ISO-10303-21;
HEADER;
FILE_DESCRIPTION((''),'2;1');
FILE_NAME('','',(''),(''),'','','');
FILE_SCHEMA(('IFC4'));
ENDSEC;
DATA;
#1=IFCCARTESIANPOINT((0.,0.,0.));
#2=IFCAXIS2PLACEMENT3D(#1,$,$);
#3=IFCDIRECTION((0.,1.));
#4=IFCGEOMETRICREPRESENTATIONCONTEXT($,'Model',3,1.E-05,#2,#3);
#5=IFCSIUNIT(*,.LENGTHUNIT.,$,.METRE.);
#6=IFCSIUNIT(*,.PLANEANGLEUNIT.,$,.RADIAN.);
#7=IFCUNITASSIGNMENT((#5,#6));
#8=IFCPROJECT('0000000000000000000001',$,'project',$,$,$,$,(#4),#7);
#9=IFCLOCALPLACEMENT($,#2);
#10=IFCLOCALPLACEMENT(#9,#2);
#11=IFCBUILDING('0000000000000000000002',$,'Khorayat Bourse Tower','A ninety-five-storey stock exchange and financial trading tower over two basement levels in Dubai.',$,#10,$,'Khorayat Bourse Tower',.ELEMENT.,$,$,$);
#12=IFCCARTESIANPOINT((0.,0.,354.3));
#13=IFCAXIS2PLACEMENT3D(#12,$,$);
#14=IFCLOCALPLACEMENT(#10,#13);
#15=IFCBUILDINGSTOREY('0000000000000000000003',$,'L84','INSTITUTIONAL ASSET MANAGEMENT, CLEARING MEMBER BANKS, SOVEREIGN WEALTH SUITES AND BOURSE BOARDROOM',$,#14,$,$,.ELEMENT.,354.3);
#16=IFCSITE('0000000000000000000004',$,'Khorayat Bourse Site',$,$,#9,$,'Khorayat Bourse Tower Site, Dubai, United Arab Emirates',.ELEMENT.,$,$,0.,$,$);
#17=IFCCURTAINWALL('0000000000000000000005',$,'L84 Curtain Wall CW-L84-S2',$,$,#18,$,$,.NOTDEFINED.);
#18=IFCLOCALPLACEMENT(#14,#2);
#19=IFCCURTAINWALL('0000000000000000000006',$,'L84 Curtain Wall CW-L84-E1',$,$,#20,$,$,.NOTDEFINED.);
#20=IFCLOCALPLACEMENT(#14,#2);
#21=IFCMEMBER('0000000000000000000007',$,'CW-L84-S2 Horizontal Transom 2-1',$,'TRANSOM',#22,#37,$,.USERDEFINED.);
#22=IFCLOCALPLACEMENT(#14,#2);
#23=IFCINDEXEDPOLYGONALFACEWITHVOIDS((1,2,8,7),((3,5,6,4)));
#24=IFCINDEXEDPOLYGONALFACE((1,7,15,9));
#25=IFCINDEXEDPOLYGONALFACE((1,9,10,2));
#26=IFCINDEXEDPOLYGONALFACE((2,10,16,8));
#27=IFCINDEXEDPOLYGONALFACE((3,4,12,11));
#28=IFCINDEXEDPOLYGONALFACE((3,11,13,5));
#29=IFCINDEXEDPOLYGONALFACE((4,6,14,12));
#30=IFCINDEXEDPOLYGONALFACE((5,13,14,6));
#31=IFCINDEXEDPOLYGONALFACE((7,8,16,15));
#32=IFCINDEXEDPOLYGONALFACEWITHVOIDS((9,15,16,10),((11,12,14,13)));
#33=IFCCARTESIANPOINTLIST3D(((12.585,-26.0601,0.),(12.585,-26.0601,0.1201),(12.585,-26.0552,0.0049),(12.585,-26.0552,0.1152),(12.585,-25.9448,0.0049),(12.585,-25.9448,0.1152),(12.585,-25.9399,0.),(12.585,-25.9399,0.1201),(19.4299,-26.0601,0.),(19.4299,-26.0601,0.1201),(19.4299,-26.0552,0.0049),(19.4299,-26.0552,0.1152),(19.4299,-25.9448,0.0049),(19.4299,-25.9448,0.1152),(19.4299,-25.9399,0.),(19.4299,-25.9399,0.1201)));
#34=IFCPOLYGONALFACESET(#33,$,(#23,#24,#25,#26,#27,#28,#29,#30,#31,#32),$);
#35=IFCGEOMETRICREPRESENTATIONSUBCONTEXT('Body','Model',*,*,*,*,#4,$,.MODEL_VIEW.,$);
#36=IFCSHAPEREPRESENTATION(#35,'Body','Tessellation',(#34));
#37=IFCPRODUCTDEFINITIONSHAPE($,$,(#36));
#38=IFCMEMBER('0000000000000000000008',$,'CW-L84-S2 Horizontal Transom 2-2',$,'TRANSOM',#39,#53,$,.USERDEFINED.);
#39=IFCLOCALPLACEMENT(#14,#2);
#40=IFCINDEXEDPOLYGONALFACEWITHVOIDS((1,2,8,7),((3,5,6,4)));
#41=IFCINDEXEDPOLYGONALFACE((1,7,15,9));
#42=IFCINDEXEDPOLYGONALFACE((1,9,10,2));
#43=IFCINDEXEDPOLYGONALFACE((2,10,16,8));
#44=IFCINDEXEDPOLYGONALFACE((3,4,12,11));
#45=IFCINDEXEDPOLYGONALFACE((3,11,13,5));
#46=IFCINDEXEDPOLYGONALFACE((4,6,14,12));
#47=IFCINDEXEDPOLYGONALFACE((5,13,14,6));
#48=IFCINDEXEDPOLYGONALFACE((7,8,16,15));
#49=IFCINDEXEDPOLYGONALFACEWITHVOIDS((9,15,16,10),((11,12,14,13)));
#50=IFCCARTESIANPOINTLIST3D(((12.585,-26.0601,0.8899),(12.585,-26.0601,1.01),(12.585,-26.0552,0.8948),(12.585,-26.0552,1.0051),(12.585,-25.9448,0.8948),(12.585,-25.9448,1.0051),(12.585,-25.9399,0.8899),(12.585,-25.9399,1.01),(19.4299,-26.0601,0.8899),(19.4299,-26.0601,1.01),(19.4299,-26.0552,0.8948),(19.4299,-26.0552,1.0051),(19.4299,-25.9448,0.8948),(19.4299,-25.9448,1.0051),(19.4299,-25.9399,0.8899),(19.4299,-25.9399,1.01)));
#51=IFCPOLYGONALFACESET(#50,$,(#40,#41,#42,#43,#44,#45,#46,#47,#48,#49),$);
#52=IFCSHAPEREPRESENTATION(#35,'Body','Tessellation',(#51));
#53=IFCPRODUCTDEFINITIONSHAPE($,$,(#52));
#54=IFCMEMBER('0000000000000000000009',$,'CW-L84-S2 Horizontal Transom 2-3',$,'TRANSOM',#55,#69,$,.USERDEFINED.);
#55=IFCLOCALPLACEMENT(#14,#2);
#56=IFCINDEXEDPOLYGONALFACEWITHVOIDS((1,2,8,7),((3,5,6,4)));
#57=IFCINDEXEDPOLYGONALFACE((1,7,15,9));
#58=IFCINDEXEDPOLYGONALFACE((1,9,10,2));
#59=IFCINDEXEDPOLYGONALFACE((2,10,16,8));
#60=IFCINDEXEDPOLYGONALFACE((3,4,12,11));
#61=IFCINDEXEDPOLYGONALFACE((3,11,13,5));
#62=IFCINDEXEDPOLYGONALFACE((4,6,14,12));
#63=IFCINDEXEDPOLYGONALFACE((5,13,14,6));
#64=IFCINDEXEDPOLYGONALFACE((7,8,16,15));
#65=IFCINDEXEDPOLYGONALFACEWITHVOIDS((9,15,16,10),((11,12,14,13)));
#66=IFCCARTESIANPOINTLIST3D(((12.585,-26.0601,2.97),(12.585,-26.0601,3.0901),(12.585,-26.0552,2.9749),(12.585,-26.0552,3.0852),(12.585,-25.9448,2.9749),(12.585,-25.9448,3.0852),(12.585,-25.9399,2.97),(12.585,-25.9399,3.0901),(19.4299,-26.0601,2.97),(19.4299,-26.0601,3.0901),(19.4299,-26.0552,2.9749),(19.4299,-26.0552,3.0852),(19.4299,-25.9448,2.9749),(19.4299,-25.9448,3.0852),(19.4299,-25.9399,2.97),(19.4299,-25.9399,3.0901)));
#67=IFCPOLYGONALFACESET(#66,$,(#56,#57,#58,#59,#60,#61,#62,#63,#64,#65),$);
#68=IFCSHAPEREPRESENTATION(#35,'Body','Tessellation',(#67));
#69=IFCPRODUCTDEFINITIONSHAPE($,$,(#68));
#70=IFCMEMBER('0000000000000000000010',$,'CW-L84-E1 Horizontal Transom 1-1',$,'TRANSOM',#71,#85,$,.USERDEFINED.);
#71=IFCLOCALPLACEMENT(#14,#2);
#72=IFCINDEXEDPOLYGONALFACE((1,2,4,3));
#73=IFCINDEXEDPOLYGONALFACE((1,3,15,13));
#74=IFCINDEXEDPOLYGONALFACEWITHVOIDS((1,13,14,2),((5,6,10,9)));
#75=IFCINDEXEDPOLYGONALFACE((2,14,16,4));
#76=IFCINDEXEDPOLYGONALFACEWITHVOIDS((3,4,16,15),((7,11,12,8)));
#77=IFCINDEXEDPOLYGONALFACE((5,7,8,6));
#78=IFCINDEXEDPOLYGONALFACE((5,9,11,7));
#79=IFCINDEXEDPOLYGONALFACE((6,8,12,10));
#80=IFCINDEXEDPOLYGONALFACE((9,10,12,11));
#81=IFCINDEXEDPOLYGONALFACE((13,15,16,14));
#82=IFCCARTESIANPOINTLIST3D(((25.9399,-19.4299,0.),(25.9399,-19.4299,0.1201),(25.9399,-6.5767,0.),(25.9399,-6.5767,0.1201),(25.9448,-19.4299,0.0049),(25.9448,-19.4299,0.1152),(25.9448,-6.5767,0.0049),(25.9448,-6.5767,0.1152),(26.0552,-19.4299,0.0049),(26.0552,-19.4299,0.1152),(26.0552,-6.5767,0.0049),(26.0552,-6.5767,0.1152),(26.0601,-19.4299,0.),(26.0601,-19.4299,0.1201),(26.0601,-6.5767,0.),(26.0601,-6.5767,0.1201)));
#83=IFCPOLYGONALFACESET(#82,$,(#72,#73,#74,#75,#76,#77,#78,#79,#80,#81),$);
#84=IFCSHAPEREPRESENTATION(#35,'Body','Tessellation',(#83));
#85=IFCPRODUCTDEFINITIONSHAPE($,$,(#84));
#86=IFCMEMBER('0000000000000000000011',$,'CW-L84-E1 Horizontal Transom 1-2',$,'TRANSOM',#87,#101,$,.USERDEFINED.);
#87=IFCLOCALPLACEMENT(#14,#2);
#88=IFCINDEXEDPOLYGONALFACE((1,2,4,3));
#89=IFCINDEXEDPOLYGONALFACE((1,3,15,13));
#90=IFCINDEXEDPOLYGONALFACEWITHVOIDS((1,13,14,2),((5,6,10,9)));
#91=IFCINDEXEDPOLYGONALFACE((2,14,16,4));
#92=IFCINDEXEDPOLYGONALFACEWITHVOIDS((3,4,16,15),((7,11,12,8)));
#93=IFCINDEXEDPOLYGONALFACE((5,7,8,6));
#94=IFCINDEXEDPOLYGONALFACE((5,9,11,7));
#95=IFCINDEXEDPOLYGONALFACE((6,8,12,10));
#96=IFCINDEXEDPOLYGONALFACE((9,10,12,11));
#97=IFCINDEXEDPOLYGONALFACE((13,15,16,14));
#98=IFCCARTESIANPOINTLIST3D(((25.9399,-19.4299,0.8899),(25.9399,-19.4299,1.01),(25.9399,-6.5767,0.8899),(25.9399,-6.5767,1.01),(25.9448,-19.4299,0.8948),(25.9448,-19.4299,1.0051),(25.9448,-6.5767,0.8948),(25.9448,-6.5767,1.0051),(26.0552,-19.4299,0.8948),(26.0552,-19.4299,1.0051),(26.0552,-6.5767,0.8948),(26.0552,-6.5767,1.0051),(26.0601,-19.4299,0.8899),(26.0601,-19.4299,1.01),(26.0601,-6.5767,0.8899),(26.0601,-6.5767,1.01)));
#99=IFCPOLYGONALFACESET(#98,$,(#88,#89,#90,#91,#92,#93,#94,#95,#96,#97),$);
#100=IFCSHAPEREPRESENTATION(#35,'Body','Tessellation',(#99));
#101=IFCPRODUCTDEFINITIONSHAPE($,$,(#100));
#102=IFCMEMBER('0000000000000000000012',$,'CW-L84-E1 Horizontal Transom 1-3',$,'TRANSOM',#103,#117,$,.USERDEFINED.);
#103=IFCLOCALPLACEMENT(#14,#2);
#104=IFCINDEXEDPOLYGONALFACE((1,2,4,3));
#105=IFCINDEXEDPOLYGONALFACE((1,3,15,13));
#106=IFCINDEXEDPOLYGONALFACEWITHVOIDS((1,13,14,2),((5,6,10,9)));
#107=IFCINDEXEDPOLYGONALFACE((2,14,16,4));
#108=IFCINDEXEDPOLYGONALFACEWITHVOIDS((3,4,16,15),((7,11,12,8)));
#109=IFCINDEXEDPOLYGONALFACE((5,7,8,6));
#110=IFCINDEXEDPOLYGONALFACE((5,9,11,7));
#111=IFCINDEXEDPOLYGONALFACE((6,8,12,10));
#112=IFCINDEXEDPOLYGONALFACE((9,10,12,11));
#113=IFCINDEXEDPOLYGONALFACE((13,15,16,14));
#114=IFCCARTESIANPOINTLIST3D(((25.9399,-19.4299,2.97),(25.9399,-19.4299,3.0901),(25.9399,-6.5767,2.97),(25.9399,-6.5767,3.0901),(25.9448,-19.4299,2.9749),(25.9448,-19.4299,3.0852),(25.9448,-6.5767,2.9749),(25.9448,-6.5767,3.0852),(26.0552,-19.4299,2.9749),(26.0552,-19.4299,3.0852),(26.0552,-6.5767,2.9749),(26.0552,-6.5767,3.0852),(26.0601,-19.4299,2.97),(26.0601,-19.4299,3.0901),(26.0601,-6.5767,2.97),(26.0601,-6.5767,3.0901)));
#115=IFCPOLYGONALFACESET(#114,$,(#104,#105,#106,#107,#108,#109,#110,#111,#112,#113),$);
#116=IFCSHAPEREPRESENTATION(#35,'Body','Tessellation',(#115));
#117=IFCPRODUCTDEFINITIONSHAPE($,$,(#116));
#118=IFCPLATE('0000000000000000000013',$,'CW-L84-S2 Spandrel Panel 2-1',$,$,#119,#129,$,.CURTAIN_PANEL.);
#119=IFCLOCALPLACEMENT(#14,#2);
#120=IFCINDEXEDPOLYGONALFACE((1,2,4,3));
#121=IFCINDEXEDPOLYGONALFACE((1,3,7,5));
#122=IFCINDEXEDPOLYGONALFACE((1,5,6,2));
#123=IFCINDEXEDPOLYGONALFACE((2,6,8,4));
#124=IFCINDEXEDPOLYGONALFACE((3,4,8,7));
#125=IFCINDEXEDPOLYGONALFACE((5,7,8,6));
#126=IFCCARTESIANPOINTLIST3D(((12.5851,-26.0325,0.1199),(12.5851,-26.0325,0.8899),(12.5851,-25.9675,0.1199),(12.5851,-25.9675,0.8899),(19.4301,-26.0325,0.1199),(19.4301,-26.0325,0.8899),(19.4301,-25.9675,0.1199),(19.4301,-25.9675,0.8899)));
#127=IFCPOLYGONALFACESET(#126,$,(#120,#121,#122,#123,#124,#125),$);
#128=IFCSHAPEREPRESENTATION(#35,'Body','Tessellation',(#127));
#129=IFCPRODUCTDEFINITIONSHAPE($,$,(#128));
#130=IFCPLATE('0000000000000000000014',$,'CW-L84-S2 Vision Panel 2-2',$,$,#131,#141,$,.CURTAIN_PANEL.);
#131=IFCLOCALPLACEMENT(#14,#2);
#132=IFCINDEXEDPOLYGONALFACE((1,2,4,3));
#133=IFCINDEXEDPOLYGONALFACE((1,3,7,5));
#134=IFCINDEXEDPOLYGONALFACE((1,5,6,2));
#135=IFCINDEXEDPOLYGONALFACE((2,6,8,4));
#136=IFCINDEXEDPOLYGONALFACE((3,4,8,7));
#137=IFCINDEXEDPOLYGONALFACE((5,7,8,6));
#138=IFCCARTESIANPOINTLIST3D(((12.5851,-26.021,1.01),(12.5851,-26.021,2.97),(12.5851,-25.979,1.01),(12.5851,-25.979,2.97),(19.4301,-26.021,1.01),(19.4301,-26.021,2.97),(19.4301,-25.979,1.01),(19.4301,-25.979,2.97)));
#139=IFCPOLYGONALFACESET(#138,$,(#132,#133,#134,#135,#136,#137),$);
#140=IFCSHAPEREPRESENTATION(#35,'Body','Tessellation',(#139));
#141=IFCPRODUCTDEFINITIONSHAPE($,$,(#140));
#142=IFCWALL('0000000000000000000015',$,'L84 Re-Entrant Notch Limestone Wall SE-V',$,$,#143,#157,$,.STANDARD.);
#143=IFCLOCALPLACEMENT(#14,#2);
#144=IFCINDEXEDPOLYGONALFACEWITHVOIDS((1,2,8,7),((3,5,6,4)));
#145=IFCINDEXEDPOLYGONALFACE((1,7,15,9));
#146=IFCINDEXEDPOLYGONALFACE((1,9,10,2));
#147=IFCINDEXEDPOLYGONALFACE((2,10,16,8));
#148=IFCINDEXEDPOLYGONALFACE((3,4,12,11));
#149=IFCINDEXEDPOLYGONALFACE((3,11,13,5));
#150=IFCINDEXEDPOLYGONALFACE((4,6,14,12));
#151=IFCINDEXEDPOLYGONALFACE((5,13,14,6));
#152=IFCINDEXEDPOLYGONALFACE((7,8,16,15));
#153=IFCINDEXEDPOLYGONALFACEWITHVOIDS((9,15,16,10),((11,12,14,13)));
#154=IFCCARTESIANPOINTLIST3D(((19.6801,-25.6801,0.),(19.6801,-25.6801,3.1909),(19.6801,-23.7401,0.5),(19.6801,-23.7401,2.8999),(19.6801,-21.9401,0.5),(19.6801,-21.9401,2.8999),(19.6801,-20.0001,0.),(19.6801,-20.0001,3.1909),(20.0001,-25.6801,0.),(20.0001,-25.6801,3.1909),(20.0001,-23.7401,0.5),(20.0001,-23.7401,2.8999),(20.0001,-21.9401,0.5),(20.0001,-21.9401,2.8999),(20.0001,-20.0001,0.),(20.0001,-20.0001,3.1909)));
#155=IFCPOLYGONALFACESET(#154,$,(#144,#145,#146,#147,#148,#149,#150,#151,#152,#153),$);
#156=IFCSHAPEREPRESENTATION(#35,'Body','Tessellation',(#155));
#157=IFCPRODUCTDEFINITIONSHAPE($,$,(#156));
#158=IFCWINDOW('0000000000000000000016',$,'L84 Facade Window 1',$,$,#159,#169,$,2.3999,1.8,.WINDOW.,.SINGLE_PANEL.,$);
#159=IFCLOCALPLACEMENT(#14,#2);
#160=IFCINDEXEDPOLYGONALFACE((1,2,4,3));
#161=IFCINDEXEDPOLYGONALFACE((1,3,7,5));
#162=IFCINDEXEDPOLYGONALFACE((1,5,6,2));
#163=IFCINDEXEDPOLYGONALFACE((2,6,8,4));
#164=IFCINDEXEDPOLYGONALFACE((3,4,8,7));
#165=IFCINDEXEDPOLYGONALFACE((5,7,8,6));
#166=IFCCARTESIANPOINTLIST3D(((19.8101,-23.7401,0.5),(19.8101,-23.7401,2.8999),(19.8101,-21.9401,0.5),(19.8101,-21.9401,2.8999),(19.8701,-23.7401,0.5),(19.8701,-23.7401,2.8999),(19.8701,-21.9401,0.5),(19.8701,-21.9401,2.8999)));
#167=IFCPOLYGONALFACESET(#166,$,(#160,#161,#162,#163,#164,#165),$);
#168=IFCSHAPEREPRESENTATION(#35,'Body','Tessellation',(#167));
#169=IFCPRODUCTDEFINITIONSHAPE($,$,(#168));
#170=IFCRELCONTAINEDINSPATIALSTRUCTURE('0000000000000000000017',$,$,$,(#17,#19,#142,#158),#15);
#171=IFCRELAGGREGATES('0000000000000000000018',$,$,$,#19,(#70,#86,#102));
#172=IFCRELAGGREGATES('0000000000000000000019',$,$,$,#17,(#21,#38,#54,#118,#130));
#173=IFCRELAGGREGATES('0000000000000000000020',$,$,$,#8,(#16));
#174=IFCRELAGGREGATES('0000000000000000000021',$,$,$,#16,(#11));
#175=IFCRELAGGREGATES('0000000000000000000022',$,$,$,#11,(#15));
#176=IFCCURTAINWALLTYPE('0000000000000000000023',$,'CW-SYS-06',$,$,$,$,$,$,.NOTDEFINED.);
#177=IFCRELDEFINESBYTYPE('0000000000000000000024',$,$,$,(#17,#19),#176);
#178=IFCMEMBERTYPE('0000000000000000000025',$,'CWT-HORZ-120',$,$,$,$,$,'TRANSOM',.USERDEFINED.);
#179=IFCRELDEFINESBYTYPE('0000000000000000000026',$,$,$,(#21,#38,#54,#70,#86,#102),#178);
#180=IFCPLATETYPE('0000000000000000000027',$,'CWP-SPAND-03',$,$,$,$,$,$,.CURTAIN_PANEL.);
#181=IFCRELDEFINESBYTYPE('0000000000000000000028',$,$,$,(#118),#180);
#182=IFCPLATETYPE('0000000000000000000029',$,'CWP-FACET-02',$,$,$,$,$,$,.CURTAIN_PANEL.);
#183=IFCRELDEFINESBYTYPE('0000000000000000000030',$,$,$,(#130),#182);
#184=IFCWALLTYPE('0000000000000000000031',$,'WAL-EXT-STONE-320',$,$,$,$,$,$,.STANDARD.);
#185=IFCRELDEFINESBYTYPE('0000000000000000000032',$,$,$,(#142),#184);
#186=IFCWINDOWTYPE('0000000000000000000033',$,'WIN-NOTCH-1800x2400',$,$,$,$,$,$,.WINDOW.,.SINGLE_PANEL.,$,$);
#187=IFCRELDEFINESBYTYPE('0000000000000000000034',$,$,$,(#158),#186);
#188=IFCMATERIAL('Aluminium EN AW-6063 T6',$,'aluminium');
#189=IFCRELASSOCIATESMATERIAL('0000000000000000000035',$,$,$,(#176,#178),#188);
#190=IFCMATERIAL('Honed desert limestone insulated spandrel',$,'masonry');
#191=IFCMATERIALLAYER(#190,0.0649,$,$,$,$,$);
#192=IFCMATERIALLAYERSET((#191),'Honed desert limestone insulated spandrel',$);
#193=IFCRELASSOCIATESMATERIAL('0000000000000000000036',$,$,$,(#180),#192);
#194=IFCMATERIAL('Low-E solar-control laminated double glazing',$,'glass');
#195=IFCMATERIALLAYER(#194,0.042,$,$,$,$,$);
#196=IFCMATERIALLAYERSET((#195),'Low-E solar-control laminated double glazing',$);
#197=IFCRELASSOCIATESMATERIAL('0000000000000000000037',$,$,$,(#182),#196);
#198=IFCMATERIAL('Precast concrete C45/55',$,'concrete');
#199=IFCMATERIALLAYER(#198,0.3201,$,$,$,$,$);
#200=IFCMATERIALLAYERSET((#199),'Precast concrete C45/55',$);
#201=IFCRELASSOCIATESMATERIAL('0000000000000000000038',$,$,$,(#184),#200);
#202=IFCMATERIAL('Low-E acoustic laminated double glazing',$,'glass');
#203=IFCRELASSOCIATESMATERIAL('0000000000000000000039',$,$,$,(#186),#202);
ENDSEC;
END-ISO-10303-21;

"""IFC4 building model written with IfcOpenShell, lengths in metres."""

from ifc_helpers import new_model, si_unit, direction, frame, frame_2d, origin, origin_2d, place, context, subcontext, project, spatial, rectangle, hollow_rectangle, extrude, source, transform, mapped, material, layer, layer_set, material_profile, profile_set, type_object, element, fill, aggregate, save


model = new_model("IFC4")

# Units and contexts
model_context = context("Model", 3, precision=1e-05, world=origin(), true_north=direction((0.0, 1.0)))
body_context = subcontext(model_context, "Body", "Model", "MODEL_VIEW")
ifc_project = project(units=[si_unit("LENGTHUNIT", "METRE"), si_unit("PLANEANGLEUNIT", "RADIAN")], contexts=[model_context])

# Site, building, storey
site_placement = place(None, origin())
site = spatial("IfcSite", under=ifc_project, at=site_placement, Name="Khorayat Bourse Site", LongName="Khorayat Bourse Tower Site, Dubai, United Arab Emirates", CompositionType="ELEMENT", RefElevation=0.0)
building_placement = place(site_placement, origin())
building = spatial("IfcBuilding", under=site, at=building_placement, Name="Khorayat Bourse Tower", Description="A ninety-five-storey stock exchange and financial trading tower over two basement levels in Dubai.", LongName="Khorayat Bourse Tower", CompositionType="ELEMENT")
storey_placement = place(building_placement, frame((0.0, 0.0, 354.3)))
storey = spatial("IfcBuildingStorey", under=building, at=storey_placement, Name="L84", Description="INSTITUTIONAL ASSET MANAGEMENT, CLEARING MEMBER BANKS, SOVEREIGN WEALTH SUITES AND BOURSE BOARDROOM", CompositionType="ELEMENT", Elevation=354.3)

# Curtain wall
ifc_material_1 = material(Name="Aluminium EN AW-6063 T6", Category="aluminium")
curtain_wall_type = type_object("IfcCurtainWallType", Name="CW-SYS-06", PredefinedType="NOTDEFINED", material=ifc_material_1)
curtain_wall_1_placement = place(storey_placement, origin())
curtain_wall_1 = element("IfcCurtainWall", 1, at=curtain_wall_1_placement, inside=storey, type_object=curtain_wall_type, Name="L84 Curtain Wall CW-L84-S2", PredefinedType="NOTDEFINED")

# Curtain wall
curtain_wall_2_placement = place(storey_placement, origin())
curtain_wall_2 = element("IfcCurtainWall", 2, at=curtain_wall_2_placement, inside=storey, type_object=curtain_wall_type, Name="L84 Curtain Wall CW-L84-E1", PredefinedType="NOTDEFINED")

# Members
ifc_material_profile_1 = material_profile(ifc_material_1, hollow_rectangle(XDim=0.1201, YDim=0.1201, WallThickness=0.0049, at=origin_2d()), Name="ALU 120x120x5")
ifc_profile_set_1 = profile_set([ifc_material_profile_1], Name="Aluminium EN AW-6063 T6")
member_type_1 = type_object("IfcMemberType", Name="CWT-HORZ-120", ElementType="TRANSOM", PredefinedType="USERDEFINED", material=ifc_profile_set_1)
shared_shape_1 = source(origin(), body_context, "Body", "SweptSolid", [
    extrude(hollow_rectangle(XDim=0.1201, YDim=0.1201, WallThickness=0.0049, at=origin_2d()), origin(), (0.0, 0.0, 1.0), 6.845),
])
member_1_placement = place(storey_placement, frame((12.585, -26.0, 0.0601), z_axis=(1.0, 0.0, 0.0), x_axis=(0.0, 1.0, 0.0)))
member_1 = element("IfcMember", 3, at=member_1_placement, type_object=member_type_1, Name="CW-L84-S2 Horizontal Transom 2-1", ObjectType="TRANSOM", PredefinedType="USERDEFINED", context=body_context, shape_type="MappedRepresentation", body=[
    mapped(shared_shape_1, transform((0.0, 0.0, 0.0), scale=1.0)),
])
member_2_placement = place(storey_placement, frame((12.585, -26.0, 0.95), z_axis=(1.0, 0.0, 0.0), x_axis=(0.0, 1.0, 0.0)))
member_2 = element("IfcMember", 4, at=member_2_placement, type_object=member_type_1, Name="CW-L84-S2 Horizontal Transom 2-2", ObjectType="TRANSOM", PredefinedType="USERDEFINED", context=body_context, shape_type="MappedRepresentation", body=[
    mapped(shared_shape_1, transform((0.0, 0.0, 0.0), scale=1.0)),
])
member_3_placement = place(storey_placement, frame((12.585, -26.0, 3.03), z_axis=(1.0, 0.0, 0.0), x_axis=(0.0, 1.0, 0.0)))
member_3 = element("IfcMember", 5, at=member_3_placement, type_object=member_type_1, Name="CW-L84-S2 Horizontal Transom 2-3", ObjectType="TRANSOM", PredefinedType="USERDEFINED", context=body_context, shape_type="MappedRepresentation", body=[
    mapped(shared_shape_1, transform((0.0, 0.0, 0.0), scale=1.0)),
])
shared_shape_2 = source(origin(), body_context, "Body", "SweptSolid", [
    extrude(hollow_rectangle(XDim=0.1201, YDim=0.1201, WallThickness=0.0049, at=origin_2d()), origin(), (0.0, 0.0, 1.0), 12.8533),
])
member_4_placement = place(storey_placement, frame((26.0, -19.4299, 0.0601), z_axis=(0.0, 1.0, 0.0), x_axis=(-1.0, 0.0, 0.0)))
member_4 = element("IfcMember", 6, at=member_4_placement, type_object=member_type_1, Name="CW-L84-E1 Horizontal Transom 1-1", ObjectType="TRANSOM", PredefinedType="USERDEFINED", context=body_context, shape_type="MappedRepresentation", body=[
    mapped(shared_shape_2, transform((0.0, 0.0, 0.0), scale=1.0)),
])
member_5_placement = place(storey_placement, frame((26.0, -19.4299, 0.95), z_axis=(0.0, 1.0, 0.0), x_axis=(-1.0, 0.0, 0.0)))
member_5 = element("IfcMember", 7, at=member_5_placement, type_object=member_type_1, Name="CW-L84-E1 Horizontal Transom 1-2", ObjectType="TRANSOM", PredefinedType="USERDEFINED", context=body_context, shape_type="MappedRepresentation", body=[
    mapped(shared_shape_2, transform((0.0, 0.0, 0.0), scale=1.0)),
])
member_6_placement = place(storey_placement, frame((26.0, -19.4299, 3.03), z_axis=(0.0, 1.0, 0.0), x_axis=(-1.0, 0.0, 0.0)))
member_6 = element("IfcMember", 8, at=member_6_placement, type_object=member_type_1, Name="CW-L84-E1 Horizontal Transom 1-3", ObjectType="TRANSOM", PredefinedType="USERDEFINED", context=body_context, shape_type="MappedRepresentation", body=[
    mapped(shared_shape_2, transform((0.0, 0.0, 0.0), scale=1.0)),
])
aggregate(curtain_wall_2, [member_4, member_5, member_6])

# Plates
ifc_material_2 = material(Name="Honed desert limestone insulated spandrel", Category="masonry")
ifc_layer_1 = layer(ifc_material_2, 0.0649)
ifc_layer_set_1 = layer_set([ifc_layer_1], Name="Honed desert limestone insulated spandrel")
plate_type_1 = type_object("IfcPlateType", Name="CWP-SPAND-03", PredefinedType="CURTAIN_PANEL", material=ifc_layer_set_1)
shared_shape_3 = source(origin(), body_context, "Body", "SweptSolid", [
    extrude(rectangle(XDim=6.845, YDim=0.0649, at=origin_2d()), origin(), (0.0, 0.0, 1.0), 0.77),
])
plate_1_placement = place(storey_placement, frame((16.0076, -26.0, 0.1199), z_axis=(0.0, 0.0, 1.0), x_axis=(1.0, 0.0, 0.0)))
plate_1 = element("IfcPlate", 9, at=plate_1_placement, type_object=plate_type_1, Name="CW-L84-S2 Spandrel Panel 2-1", PredefinedType="CURTAIN_PANEL", context=body_context, shape_type="MappedRepresentation", body=[
    mapped(shared_shape_3, transform((0.0, 0.0, 0.0), scale=1.0)),
])
ifc_material_3 = material(Name="Low-E solar-control laminated double glazing", Category="glass")
ifc_layer_2 = layer(ifc_material_3, 0.042)
ifc_layer_set_2 = layer_set([ifc_layer_2], Name="Low-E solar-control laminated double glazing")
plate_type_2 = type_object("IfcPlateType", Name="CWP-FACET-02", PredefinedType="CURTAIN_PANEL", material=ifc_layer_set_2)
shared_shape_4 = source(origin(), body_context, "Body", "SweptSolid", [
    extrude(rectangle(XDim=6.845, YDim=0.042, at=origin_2d()), origin(), (0.0, 0.0, 1.0), 1.96),
])
plate_2_placement = place(storey_placement, frame((16.0076, -26.0, 1.01), z_axis=(0.0, 0.0, 1.0), x_axis=(1.0, 0.0, 0.0)))
plate_2 = element("IfcPlate", 10, at=plate_2_placement, type_object=plate_type_2, Name="CW-L84-S2 Vision Panel 2-2", PredefinedType="CURTAIN_PANEL", context=body_context, shape_type="MappedRepresentation", body=[
    mapped(shared_shape_4, transform((0.0, 0.0, 0.0), scale=1.0)),
])
aggregate(curtain_wall_1, [member_1, member_2, member_3, plate_1, plate_2])

# Wall, opening, window
ifc_material_4 = material(Name="Precast concrete C45/55", Category="concrete")
ifc_layer_3 = layer(ifc_material_4, 0.3201)
ifc_layer_set_3 = layer_set([ifc_layer_3], Name="Precast concrete C45/55")
wall_type_1 = type_object("IfcWallType", Name="WAL-EXT-STONE-320", PredefinedType="STANDARD", material=ifc_layer_set_3)
shared_shape_5 = source(origin(), body_context, "Body", "SweptSolid", [
    extrude(rectangle(XDim=5.6799, YDim=0.3201, at=frame_2d((2.8398, 0.0))), origin(), (0.0, 0.0, 1.0), 3.1909),
])
wall_1_placement = place(storey_placement, frame((19.8401, -25.6799, 0.0), z_axis=(0.0, 0.0, 1.0), x_axis=(0.0, 1.0, 0.0)))
wall_1 = element("IfcWall", 11, at=wall_1_placement, inside=storey, type_object=wall_type_1, Name="L84 Re-Entrant Notch Limestone Wall SE-V", PredefinedType="STANDARD", context=body_context, shape_type="MappedRepresentation", body=[
    mapped(shared_shape_5, transform((0.0, 0.0, 0.0), scale=1.0)),
])
shared_shape_6 = source(origin(), body_context, "Body", "SweptSolid", [
    extrude(rectangle(XDim=1.8, YDim=2.3999, at=frame_2d((0.8999, 1.2))), frame((0.0, 0.1699, 0.0), z_axis=(0.0, -1.0, 0.0), x_axis=(1.0, 0.0, 0.0)), (0.0, 0.0, 1.0), 0.3401),
])
opening_1_placement = place(wall_1_placement, frame((1.9399, 0.0, 0.5)))
opening_1 = element("IfcOpeningElement", 12, at=opening_1_placement, cuts=wall_1, PredefinedType="OPENING", context=body_context, shape_type="MappedRepresentation", body=[
    mapped(shared_shape_6, transform((0.0, 0.0, 0.0), scale=1.0)),
])
ifc_material_5 = material(Name="Low-E acoustic laminated double glazing", Category="glass")
window_type = type_object("IfcWindowType", Name="WIN-NOTCH-1800x2400", PartitioningType="SINGLE_PANEL", PredefinedType="WINDOW", material=ifc_material_5)
shared_shape_7 = source(origin(), body_context, "Body", "SweptSolid", [
    extrude(rectangle(XDim=1.8, YDim=2.3999, at=frame_2d((0.8999, 1.2))), frame((0.0, 0.03, 0.0), z_axis=(0.0, -1.0, 0.0), x_axis=(1.0, 0.0, 0.0)), (0.0, 0.0, 1.0), 0.0601),
])
window_1_placement = place(opening_1_placement, origin())
window_1 = element("IfcWindow", 13, at=window_1_placement, inside=storey, type_object=window_type, Name="L84 Facade Window 1", OverallHeight=2.3999, OverallWidth=1.8, PartitioningType="SINGLE_PANEL", PredefinedType="WINDOW", context=body_context, shape_type="MappedRepresentation", body=[
    mapped(shared_shape_7, transform((0.0, 0.0, 0.0), scale=1.0)),
])
fill(opening_1, window_1)

save(model, "model.ifc")
